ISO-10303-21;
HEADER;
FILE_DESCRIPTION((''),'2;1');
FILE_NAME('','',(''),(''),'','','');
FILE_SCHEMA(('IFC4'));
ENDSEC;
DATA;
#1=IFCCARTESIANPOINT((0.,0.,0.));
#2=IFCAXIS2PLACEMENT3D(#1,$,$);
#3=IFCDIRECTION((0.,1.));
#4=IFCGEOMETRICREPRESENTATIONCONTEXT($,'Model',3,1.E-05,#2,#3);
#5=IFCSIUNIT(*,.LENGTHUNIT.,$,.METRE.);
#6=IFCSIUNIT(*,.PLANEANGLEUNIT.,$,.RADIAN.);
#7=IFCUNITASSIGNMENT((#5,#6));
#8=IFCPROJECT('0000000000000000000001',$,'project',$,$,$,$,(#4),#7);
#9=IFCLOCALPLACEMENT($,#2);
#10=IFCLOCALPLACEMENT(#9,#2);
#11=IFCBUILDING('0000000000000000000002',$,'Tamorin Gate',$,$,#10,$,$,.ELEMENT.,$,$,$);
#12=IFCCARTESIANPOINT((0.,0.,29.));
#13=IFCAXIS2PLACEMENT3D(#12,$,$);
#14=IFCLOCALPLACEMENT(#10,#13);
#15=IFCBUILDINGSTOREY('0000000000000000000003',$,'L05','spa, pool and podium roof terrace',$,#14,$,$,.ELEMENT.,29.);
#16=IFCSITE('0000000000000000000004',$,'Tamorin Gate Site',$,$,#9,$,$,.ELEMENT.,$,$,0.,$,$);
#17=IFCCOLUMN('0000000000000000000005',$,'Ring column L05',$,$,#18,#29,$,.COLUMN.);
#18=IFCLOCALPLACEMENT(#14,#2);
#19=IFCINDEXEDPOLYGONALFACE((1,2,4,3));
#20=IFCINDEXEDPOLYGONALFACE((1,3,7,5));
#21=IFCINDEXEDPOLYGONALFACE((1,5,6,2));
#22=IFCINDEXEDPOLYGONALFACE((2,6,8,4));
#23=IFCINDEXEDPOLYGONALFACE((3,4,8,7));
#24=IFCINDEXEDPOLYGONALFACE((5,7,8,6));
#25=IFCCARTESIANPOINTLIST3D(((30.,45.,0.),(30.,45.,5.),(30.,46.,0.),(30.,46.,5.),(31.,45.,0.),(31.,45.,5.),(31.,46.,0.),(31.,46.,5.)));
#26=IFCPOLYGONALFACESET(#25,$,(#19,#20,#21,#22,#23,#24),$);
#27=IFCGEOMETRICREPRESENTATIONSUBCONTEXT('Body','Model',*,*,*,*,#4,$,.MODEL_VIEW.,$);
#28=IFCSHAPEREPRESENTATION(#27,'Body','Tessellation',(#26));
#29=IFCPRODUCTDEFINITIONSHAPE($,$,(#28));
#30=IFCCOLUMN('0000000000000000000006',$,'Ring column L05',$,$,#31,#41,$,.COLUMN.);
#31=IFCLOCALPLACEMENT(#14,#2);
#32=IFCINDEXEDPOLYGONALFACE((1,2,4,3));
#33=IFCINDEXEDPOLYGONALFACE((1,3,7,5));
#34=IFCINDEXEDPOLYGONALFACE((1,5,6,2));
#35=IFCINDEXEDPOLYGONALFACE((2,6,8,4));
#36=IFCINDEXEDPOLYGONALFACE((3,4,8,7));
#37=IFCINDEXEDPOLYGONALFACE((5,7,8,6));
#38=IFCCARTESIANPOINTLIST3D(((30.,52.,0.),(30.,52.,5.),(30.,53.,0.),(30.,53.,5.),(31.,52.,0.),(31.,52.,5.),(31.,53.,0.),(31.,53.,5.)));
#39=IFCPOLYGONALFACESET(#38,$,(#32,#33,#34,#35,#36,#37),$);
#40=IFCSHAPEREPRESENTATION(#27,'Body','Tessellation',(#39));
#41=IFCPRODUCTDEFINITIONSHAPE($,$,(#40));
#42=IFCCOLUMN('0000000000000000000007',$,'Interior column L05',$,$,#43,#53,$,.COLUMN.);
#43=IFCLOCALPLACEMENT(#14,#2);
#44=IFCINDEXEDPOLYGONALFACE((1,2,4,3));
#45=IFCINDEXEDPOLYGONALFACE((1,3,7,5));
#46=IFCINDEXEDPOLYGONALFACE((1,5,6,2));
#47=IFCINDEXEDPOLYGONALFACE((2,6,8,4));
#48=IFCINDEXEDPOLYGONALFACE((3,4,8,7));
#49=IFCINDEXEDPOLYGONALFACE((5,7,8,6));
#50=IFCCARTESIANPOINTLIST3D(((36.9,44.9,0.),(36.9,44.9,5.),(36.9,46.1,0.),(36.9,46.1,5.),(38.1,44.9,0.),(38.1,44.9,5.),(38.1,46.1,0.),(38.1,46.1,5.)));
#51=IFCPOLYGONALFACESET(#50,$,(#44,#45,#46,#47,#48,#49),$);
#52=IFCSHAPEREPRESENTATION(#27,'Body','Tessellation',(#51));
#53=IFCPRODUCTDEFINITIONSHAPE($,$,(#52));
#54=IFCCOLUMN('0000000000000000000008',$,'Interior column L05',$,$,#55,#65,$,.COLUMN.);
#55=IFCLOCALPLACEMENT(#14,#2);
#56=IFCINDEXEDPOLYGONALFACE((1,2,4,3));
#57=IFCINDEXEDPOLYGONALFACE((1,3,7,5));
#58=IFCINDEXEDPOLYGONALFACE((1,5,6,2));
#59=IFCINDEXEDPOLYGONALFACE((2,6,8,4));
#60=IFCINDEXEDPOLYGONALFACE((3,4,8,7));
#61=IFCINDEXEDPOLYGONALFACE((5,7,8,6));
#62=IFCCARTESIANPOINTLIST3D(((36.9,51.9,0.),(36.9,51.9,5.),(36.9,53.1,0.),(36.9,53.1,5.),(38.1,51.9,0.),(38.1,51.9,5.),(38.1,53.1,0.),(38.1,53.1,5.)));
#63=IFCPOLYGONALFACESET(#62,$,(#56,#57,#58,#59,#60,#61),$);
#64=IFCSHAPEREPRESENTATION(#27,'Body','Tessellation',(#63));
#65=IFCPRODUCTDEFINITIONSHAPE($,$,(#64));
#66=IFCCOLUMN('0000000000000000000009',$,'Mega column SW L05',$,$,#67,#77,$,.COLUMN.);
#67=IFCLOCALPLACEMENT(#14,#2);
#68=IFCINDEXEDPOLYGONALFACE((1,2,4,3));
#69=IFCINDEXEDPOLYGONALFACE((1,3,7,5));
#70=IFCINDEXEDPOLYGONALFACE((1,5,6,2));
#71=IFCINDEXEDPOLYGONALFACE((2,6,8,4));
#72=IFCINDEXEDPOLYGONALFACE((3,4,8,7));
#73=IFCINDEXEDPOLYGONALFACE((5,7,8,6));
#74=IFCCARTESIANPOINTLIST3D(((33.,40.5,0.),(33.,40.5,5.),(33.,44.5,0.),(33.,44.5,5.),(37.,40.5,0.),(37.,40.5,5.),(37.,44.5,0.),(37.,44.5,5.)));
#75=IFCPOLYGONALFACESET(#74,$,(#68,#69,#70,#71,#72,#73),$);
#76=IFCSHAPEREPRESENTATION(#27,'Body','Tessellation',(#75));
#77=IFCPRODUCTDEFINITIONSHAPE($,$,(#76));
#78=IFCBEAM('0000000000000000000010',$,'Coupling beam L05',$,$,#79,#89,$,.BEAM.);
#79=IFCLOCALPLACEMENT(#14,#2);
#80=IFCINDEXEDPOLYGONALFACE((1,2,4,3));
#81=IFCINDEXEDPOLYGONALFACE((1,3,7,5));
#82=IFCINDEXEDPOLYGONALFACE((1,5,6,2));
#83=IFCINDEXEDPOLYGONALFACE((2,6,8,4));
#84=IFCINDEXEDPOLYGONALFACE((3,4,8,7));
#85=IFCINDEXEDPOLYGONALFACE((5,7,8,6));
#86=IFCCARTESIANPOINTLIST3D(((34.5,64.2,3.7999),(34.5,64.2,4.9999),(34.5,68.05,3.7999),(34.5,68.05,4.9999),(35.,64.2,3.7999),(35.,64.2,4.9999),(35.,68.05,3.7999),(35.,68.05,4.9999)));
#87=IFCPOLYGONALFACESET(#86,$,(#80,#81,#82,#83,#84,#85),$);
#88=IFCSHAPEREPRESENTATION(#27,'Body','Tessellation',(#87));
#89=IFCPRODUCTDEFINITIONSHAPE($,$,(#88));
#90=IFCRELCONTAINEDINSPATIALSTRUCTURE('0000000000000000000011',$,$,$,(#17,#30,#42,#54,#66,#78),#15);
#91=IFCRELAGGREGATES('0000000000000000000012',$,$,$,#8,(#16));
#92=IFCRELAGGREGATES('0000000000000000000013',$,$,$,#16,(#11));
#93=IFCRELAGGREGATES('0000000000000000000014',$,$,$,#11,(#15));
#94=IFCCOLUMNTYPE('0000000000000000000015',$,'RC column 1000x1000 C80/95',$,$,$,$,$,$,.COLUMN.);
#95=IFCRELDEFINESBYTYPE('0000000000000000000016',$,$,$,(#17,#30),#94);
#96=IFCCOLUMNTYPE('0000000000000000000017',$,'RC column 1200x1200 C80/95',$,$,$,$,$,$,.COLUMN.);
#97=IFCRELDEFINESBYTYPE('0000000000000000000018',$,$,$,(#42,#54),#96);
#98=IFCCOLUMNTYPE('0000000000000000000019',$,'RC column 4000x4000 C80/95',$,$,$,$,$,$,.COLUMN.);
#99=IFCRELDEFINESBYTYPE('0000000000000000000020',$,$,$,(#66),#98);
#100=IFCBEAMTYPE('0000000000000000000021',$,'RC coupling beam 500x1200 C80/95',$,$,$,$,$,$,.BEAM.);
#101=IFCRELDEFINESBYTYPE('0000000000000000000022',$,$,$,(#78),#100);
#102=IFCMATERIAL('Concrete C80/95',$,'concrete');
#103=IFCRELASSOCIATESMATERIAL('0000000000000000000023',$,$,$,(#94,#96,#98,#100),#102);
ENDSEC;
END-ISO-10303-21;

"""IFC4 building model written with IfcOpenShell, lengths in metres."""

from ifc_helpers import new_model, si_unit, direction, frame, origin, origin_2d, place, context, subcontext, project, spatial, rectangle, extrude, material, material_profile, profile_set, type_object, element, save


model = new_model("IFC4")

# Units and contexts
model_context = context("Model", 3, precision=1e-05, world=origin(), true_north=direction((0.0, 1.0)))
body_context = subcontext(model_context, "Body", "Model", "MODEL_VIEW")
ifc_project = project(units=[si_unit("LENGTHUNIT", "METRE"), si_unit("PLANEANGLEUNIT", "RADIAN")], contexts=[model_context])

# Site, building, storey
site_placement = place(None, origin())
site = spatial("IfcSite", under=ifc_project, at=site_placement, Name="Tamorin Gate Site", CompositionType="ELEMENT", RefElevation=0.0)
building_placement = place(site_placement, origin())
building = spatial("IfcBuilding", under=site, at=building_placement, Name="Tamorin Gate", CompositionType="ELEMENT")
storey_placement = place(building_placement, frame((0.0, 0.0, 29.0)))
storey = spatial("IfcBuildingStorey", under=building, at=storey_placement, Name="L05", Description="spa, pool and podium roof terrace", CompositionType="ELEMENT", Elevation=29.0)

# Columns
ifc_material_1 = material(Name="Concrete C80/95", Category="concrete")
ifc_material_profile_1 = material_profile(ifc_material_1, rectangle(XDim=1.0, YDim=1.0, at=origin_2d()), Name="RC 1000x1000")
ifc_profile_set_1 = profile_set([ifc_material_profile_1], Name="Concrete C80/95")
column_type_1 = type_object("IfcColumnType", Name="RC column 1000x1000 C80/95", PredefinedType="COLUMN", material=ifc_profile_set_1)
for number, where, z_axis, x_axis, name in (
    (1, (30.5, 45.5, 0.0), (0.0, 0.0, 1.0), (1.0, 0.0, 0.0), "Ring column L05"),
    (2, (30.5, 52.5, 0.0), (0.0, 0.0, 1.0), (1.0, 0.0, 0.0), "Ring column L05"),
):
    element("IfcColumn", number, at=place(storey_placement, frame(where, z_axis=z_axis, x_axis=x_axis)), inside=storey, type_object=column_type_1, Name=name, PredefinedType="COLUMN", context=body_context, shape_type="SweptSolid", body=[
        extrude(rectangle(XDim=1.0, YDim=1.0, at=origin_2d()), origin(), (0.0, 0.0, 1.0), 5.0),
    ])
ifc_material_profile_2 = material_profile(ifc_material_1, rectangle(XDim=1.2, YDim=1.2, at=origin_2d()), Name="RC 1200x1200")
ifc_profile_set_2 = profile_set([ifc_material_profile_2], Name="Concrete C80/95")
column_type_2 = type_object("IfcColumnType", Name="RC column 1200x1200 C80/95", PredefinedType="COLUMN", material=ifc_profile_set_2)
for number, where, z_axis, x_axis, name in (
    (3, (37.5, 45.5, 0.0), (0.0, 0.0, 1.0), (1.0, 0.0, 0.0), "Interior column L05"),
    (4, (37.5, 52.5, 0.0), (0.0, 0.0, 1.0), (1.0, 0.0, 0.0), "Interior column L05"),
):
    element("IfcColumn", number, at=place(storey_placement, frame(where, z_axis=z_axis, x_axis=x_axis)), inside=storey, type_object=column_type_2, Name=name, PredefinedType="COLUMN", context=body_context, shape_type="SweptSolid", body=[
        extrude(rectangle(XDim=1.2, YDim=1.2, at=origin_2d()), origin(), (0.0, 0.0, 1.0), 5.0),
    ])
ifc_material_profile_3 = material_profile(ifc_material_1, rectangle(XDim=4.0, YDim=4.0, at=origin_2d()), Name="RC 4000x4000")
ifc_profile_set_3 = profile_set([ifc_material_profile_3], Name="Concrete C80/95")
column_type_3 = type_object("IfcColumnType", Name="RC column 4000x4000 C80/95", PredefinedType="COLUMN", material=ifc_profile_set_3)
column_placement = place(storey_placement, frame((35.0, 42.5, 0.0), z_axis=(0.0, 0.0, 1.0), x_axis=(1.0, 0.0, 0.0)))
element("IfcColumn", 5, at=column_placement, inside=storey, type_object=column_type_3, Name="Mega column SW L05", PredefinedType="COLUMN", context=body_context, shape_type="SweptSolid", body=[
    extrude(rectangle(XDim=4.0, YDim=4.0, at=origin_2d()), origin(), (0.0, 0.0, 1.0), 5.0),
])

# Beam
ifc_material_profile_4 = material_profile(ifc_material_1, rectangle(XDim=0.5, YDim=1.2, at=origin_2d()), Name="RC 500x1200")
ifc_profile_set_4 = profile_set([ifc_material_profile_4], Name="Concrete C80/95")
beam_type = type_object("IfcBeamType", Name="RC coupling beam 500x1200 C80/95", PredefinedType="BEAM", material=ifc_profile_set_4)
beam_placement = place(storey_placement, frame((34.75, 64.2, 4.3999), z_axis=(0.0, 1.0, 0.0), x_axis=(-1.0, 0.0, 0.0)))
element("IfcBeam", 6, at=beam_placement, inside=storey, type_object=beam_type, Name="Coupling beam L05", PredefinedType="BEAM", context=body_context, shape_type="SweptSolid", body=[
    extrude(rectangle(XDim=0.5, YDim=1.2, at=origin_2d()), origin(), (0.0, 0.0, 1.0), 3.8501),
])

save(model, "model.ifc")
